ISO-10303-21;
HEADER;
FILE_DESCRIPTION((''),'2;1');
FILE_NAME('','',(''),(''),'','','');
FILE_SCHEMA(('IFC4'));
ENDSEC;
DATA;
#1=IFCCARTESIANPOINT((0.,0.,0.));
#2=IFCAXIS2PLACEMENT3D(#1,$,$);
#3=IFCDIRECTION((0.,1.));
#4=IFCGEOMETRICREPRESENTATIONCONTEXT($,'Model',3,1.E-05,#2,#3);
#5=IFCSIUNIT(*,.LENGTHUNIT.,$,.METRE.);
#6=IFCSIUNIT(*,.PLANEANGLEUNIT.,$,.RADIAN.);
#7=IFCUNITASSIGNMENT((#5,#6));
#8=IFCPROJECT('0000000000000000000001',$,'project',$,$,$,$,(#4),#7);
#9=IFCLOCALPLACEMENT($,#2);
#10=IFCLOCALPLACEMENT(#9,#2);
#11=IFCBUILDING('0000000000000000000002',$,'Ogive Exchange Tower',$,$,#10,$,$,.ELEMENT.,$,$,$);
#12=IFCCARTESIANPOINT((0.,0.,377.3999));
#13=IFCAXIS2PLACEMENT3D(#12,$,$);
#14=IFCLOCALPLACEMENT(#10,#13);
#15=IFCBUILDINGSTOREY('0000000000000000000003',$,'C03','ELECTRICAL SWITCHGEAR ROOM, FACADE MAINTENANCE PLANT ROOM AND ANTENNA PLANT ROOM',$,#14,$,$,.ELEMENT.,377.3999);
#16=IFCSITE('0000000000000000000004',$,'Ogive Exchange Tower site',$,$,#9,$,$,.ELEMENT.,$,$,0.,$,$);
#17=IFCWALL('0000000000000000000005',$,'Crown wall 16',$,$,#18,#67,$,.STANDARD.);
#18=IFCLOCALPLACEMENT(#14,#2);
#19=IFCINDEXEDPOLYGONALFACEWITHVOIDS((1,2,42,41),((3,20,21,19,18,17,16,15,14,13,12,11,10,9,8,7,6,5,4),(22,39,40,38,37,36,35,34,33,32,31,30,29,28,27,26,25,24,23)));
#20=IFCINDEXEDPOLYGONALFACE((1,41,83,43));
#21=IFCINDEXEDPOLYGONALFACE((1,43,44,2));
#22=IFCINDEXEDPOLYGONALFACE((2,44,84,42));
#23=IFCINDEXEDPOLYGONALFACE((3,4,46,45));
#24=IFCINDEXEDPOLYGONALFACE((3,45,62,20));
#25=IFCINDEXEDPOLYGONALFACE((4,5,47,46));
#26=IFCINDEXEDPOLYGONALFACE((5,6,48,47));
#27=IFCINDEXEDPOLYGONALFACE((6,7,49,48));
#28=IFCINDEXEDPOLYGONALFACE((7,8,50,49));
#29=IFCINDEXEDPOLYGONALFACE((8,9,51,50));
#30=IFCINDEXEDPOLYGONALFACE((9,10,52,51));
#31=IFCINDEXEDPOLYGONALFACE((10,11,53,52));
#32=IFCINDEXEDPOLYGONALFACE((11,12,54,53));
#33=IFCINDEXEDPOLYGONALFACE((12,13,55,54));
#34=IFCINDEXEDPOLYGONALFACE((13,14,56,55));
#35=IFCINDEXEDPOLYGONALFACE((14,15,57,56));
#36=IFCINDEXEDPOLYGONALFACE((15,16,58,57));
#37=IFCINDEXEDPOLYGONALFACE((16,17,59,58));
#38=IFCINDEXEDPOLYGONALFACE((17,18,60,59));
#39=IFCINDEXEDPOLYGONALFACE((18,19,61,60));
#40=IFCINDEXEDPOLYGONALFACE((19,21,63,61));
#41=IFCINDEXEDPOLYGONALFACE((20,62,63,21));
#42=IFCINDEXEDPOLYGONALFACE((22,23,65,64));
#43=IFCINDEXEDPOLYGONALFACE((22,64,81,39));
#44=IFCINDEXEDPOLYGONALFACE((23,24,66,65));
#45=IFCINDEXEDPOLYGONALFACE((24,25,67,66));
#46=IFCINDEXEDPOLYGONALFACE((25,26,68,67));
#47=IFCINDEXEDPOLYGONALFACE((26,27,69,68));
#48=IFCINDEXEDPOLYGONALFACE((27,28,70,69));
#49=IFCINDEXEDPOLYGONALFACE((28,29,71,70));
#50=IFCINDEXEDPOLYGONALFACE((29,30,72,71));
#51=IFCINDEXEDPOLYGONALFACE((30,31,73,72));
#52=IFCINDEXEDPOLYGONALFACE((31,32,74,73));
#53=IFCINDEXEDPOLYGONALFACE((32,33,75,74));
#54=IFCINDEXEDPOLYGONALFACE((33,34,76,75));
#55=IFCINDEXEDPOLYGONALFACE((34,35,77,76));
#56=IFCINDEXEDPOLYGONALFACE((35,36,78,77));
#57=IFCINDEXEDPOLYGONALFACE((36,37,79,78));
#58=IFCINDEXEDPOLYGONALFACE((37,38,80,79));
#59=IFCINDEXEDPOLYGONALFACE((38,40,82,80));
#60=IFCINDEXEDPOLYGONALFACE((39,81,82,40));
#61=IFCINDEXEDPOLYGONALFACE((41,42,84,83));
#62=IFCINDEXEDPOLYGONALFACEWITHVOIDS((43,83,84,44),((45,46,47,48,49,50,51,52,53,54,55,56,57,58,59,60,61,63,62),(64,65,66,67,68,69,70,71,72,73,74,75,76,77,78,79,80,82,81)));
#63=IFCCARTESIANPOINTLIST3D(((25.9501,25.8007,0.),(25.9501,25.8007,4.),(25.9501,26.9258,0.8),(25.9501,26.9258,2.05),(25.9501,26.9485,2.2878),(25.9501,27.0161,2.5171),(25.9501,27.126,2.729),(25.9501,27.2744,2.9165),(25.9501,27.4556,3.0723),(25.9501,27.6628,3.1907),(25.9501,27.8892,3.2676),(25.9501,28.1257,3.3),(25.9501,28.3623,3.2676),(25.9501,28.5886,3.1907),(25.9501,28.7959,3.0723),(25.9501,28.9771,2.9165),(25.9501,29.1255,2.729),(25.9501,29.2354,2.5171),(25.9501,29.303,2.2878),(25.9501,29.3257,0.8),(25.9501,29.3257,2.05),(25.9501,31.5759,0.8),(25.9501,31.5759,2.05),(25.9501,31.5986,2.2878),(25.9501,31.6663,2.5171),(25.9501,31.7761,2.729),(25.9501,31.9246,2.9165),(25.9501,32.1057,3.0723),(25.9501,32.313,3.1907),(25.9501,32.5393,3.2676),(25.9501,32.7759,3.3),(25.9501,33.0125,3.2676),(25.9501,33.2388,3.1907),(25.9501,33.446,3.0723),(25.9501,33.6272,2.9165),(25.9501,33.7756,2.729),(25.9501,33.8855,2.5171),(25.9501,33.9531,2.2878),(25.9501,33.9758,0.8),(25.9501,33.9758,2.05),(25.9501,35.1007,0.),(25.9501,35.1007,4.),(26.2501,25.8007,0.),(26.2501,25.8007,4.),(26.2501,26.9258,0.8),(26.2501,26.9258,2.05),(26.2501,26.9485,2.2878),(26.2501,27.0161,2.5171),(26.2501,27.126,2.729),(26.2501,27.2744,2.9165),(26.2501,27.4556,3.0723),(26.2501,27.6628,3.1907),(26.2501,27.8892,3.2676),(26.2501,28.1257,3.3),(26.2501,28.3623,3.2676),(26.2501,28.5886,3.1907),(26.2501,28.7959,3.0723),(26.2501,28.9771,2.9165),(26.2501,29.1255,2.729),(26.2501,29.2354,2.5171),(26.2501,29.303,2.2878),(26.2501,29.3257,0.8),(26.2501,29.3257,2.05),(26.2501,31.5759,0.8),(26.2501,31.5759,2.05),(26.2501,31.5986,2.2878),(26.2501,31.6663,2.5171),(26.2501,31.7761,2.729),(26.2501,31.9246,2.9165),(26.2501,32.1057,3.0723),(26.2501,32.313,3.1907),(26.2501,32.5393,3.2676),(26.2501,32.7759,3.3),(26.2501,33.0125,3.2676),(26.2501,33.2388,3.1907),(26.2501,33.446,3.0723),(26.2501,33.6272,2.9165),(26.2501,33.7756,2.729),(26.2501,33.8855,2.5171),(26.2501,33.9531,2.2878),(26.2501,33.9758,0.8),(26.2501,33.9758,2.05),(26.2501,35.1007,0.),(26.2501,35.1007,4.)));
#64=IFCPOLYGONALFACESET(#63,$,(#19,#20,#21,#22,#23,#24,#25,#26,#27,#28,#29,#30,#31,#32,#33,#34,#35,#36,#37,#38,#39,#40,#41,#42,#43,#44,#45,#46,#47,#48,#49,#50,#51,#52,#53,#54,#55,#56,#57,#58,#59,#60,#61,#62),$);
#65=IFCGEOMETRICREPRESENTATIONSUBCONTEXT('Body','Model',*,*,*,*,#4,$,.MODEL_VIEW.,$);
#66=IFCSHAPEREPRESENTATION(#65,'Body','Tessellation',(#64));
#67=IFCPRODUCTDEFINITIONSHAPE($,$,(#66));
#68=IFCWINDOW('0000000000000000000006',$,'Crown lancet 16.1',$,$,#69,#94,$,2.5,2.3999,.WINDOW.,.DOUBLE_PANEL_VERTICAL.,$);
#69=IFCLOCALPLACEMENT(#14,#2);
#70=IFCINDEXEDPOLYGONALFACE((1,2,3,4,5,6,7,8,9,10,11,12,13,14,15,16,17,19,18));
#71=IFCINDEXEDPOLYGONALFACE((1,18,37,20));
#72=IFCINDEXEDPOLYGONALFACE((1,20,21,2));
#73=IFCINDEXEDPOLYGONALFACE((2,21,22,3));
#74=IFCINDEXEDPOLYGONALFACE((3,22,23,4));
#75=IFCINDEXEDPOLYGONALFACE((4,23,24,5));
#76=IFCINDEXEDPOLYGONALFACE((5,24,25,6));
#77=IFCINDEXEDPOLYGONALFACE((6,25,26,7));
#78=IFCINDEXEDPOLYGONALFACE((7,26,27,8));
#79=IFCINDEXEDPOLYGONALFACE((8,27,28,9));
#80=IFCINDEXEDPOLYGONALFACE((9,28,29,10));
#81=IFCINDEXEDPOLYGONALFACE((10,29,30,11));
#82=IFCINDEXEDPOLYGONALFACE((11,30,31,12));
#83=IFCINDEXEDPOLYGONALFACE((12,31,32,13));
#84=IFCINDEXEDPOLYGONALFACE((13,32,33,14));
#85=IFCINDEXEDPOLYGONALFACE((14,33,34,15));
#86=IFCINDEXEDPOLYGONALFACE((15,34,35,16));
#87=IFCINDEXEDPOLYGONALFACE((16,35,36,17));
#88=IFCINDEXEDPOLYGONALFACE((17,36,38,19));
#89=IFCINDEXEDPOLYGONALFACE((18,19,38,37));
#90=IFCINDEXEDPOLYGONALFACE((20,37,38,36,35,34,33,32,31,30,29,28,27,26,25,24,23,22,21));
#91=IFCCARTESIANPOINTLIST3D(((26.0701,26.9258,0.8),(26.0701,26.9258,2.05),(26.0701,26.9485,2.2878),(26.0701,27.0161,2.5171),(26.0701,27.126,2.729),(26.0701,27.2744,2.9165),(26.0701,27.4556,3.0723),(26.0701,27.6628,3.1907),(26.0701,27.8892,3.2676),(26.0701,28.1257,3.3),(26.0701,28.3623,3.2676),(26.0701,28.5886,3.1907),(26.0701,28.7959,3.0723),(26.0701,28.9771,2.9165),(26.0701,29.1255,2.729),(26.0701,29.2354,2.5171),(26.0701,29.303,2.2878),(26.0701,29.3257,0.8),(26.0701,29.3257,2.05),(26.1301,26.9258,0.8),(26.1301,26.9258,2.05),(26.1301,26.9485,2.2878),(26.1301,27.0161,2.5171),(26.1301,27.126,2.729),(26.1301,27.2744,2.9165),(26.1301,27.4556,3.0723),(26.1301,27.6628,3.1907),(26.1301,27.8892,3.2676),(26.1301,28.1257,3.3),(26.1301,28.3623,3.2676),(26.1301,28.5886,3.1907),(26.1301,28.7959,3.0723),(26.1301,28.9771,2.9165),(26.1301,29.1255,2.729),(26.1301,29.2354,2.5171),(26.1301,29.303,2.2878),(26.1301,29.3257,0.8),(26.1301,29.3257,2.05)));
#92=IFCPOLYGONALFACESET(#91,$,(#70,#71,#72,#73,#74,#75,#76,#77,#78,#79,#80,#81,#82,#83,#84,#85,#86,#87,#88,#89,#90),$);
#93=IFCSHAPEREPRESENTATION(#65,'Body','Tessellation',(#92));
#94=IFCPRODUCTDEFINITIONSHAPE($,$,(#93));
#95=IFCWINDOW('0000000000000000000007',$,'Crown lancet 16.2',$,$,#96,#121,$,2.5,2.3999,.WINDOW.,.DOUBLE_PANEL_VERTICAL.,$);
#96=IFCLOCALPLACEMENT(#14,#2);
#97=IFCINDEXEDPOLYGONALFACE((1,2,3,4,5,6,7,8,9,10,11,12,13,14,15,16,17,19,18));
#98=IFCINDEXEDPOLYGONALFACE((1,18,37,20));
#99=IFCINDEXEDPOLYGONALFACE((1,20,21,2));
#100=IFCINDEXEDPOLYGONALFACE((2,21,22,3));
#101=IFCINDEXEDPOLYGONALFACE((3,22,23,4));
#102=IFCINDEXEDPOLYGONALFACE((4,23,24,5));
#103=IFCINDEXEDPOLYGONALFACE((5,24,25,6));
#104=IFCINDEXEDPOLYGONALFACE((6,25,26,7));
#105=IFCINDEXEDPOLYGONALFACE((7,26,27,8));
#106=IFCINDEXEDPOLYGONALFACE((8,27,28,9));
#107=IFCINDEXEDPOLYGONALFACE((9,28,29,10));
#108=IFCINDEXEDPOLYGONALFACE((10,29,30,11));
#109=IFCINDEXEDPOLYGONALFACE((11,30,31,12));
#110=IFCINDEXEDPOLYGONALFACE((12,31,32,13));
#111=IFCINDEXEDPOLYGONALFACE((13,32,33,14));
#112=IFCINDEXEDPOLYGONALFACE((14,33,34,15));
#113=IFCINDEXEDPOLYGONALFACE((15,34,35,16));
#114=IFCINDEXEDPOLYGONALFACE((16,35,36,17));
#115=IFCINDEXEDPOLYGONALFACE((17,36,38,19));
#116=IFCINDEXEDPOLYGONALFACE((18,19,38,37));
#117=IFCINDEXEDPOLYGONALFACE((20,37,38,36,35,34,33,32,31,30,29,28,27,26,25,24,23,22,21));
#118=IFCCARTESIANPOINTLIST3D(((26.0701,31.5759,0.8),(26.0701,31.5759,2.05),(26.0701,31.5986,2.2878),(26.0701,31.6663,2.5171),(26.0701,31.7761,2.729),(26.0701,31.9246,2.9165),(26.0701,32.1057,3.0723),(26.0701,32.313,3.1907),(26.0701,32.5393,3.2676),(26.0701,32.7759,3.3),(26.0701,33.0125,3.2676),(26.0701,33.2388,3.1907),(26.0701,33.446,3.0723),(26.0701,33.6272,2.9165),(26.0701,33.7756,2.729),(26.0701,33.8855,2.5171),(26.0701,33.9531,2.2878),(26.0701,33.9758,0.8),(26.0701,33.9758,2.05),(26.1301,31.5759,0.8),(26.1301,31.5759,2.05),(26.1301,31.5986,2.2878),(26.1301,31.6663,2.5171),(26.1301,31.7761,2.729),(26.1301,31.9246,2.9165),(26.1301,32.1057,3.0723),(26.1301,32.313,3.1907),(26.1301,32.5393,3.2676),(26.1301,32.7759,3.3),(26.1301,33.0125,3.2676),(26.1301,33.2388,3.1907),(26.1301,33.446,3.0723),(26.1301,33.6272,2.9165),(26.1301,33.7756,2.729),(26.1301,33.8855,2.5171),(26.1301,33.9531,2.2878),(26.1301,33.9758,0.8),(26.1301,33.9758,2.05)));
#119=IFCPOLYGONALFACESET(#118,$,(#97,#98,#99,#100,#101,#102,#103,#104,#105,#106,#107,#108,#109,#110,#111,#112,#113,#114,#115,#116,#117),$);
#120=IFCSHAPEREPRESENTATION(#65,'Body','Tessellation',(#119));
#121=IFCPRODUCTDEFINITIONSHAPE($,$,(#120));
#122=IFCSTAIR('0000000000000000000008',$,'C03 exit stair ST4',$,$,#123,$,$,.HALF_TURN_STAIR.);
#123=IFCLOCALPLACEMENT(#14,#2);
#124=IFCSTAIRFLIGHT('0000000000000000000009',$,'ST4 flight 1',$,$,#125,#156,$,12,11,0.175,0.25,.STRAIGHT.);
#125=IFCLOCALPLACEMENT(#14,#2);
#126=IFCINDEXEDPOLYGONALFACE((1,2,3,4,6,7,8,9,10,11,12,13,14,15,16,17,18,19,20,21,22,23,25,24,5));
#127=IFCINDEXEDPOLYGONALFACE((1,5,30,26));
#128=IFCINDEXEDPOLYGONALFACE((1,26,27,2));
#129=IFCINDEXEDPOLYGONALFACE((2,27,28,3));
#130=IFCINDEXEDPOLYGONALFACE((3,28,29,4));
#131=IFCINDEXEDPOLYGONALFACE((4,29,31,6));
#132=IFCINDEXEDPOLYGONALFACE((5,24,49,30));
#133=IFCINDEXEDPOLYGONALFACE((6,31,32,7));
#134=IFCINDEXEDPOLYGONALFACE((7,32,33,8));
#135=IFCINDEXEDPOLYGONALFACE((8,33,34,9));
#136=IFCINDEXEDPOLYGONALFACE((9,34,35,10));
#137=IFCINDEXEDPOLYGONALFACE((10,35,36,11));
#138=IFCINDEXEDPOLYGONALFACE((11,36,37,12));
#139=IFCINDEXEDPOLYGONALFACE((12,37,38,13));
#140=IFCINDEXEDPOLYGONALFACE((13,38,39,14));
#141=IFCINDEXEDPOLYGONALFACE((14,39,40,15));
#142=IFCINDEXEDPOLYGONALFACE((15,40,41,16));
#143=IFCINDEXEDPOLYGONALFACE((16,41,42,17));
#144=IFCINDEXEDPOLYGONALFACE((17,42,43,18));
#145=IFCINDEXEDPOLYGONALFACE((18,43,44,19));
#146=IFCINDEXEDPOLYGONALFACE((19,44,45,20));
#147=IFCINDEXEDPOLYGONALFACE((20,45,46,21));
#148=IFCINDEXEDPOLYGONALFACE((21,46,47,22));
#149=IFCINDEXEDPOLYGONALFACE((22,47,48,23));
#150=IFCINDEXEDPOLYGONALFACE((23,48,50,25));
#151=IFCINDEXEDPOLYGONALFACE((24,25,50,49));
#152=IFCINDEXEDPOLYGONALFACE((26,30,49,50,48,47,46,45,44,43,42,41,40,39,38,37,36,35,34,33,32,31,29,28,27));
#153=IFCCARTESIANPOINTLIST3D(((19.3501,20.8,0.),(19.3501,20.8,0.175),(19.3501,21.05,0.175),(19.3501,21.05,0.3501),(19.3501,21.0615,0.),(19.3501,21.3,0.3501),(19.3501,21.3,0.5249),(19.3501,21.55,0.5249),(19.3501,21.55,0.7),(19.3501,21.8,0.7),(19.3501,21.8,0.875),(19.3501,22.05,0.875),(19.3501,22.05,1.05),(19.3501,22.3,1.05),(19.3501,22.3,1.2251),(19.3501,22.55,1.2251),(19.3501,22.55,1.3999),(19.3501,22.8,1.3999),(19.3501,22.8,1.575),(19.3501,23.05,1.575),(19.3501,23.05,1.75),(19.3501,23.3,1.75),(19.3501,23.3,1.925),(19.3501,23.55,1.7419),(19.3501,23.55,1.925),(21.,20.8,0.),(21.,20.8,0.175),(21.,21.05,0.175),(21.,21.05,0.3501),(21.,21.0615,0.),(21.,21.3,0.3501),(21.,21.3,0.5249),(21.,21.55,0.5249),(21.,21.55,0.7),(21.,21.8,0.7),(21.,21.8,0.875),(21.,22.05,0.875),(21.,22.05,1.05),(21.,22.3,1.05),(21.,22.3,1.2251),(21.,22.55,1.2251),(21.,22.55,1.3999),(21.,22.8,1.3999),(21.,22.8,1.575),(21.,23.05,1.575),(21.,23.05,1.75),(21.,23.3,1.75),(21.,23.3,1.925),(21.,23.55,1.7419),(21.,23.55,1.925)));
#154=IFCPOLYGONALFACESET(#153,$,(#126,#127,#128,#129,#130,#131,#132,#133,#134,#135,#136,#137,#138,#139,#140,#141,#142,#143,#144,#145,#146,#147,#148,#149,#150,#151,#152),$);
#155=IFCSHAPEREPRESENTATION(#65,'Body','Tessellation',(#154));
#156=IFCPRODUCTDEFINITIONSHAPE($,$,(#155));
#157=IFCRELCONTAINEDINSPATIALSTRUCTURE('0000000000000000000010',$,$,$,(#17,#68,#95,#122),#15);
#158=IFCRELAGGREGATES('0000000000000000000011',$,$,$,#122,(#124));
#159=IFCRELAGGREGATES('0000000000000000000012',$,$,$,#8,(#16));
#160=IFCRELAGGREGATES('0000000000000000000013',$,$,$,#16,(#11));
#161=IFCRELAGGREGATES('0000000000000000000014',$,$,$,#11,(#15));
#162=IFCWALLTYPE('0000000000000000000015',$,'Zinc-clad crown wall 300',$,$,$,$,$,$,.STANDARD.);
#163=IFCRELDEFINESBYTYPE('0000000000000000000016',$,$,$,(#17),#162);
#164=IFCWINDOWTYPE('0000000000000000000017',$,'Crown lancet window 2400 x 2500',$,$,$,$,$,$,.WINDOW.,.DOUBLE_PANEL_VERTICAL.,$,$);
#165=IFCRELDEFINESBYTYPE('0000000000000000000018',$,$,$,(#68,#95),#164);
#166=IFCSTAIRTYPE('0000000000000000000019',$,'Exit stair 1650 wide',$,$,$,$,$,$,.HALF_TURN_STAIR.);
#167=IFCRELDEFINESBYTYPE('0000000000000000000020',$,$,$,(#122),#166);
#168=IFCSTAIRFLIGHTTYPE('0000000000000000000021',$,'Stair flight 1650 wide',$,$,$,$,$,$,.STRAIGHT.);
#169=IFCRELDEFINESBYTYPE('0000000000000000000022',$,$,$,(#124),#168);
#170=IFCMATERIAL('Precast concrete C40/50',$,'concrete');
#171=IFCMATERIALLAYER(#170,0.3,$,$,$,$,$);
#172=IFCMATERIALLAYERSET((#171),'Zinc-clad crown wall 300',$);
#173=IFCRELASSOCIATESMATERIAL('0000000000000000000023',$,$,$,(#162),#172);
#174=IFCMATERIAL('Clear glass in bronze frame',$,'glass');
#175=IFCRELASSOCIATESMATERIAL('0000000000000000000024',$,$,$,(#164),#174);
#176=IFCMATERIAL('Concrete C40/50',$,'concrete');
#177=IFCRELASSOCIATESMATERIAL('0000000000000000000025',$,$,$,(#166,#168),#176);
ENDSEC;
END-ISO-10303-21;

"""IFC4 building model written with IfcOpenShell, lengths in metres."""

from ifc_helpers import new_model, si_unit, direction, frame, frame_2d, origin, place, context, subcontext, project, spatial, polyline, rectangle, outline, extrude, material, layer, layer_set, type_object, element, fill, aggregate, save


model = new_model("IFC4")

# Units and contexts
model_context = context("Model", 3, precision=1e-05, world=origin(), true_north=direction((0.0, 1.0)))
body_context = subcontext(model_context, "Body", "Model", "MODEL_VIEW")
ifc_project = project(units=[si_unit("LENGTHUNIT", "METRE"), si_unit("PLANEANGLEUNIT", "RADIAN")], contexts=[model_context])

# Site, building, storey
site_placement = place(None, origin())
site = spatial("IfcSite", under=ifc_project, at=site_placement, Name="Ogive Exchange Tower site", CompositionType="ELEMENT", RefElevation=0.0)
building_placement = place(site_placement, origin())
building = spatial("IfcBuilding", under=site, at=building_placement, Name="Ogive Exchange Tower", CompositionType="ELEMENT")
storey_placement = place(building_placement, frame((0.0, 0.0, 377.3999)))
storey = spatial("IfcBuildingStorey", under=building, at=storey_placement, Name="C03", Description="ELECTRICAL SWITCHGEAR ROOM, FACADE MAINTENANCE PLANT ROOM AND ANTENNA PLANT ROOM", CompositionType="ELEMENT", Elevation=377.3999)

# Wall, openings, windows
ifc_material_1 = material(Name="Precast concrete C40/50", Category="concrete")
ifc_layer_1 = layer(ifc_material_1, 0.3)
ifc_layer_set_1 = layer_set([ifc_layer_1], Name="Zinc-clad crown wall 300")
wall_type_1 = type_object("IfcWallType", Name="Zinc-clad crown wall 300", PredefinedType="STANDARD", material=ifc_layer_set_1)
ifc_material_2 = material(Name="Clear glass in bronze frame", Category="glass")
window_type = type_object("IfcWindowType", Name="Crown lancet window 2400 x 2500", PartitioningType="DOUBLE_PANEL_VERTICAL", PredefinedType="WINDOW", material=ifc_material_2)
wall_1_placement = place(storey_placement, frame((26.1001, 25.8008, 0.0), z_axis=(0.0, 0.0, 1.0), x_axis=(0.0, 1.0, 0.0)))
wall_1 = element("IfcWall", 1, at=wall_1_placement, inside=storey, type_object=wall_type_1, Name="Crown wall 16", PredefinedType="STANDARD", context=body_context, shape_type="SweptSolid", body=[
    extrude(rectangle(XDim=9.3, YDim=0.3, at=frame_2d((4.6499, 0.0))), origin(), (0.0, 0.0, 1.0), 4.0),
])
opening_1_placement = place(wall_1_placement, frame((1.125, 0.0, 0.8)))
opening_1 = element("IfcOpeningElement", 2, at=opening_1_placement, cuts=wall_1, PredefinedType="OPENING", context=body_context, shape_type="SweptSolid", body=[
    extrude(outline(polyline([(0.0, 0.0), (2.3999, 0.0), (2.3999, 1.25), (2.3772, 1.4878), (2.3096, 1.717), (2.1997, 1.929), (2.0513, 2.1165), (1.8701, 2.2722), (1.6628, 2.3906), (1.4365, 2.4675), (1.2, 2.5), (0.9634, 2.4675), (0.7371, 2.3906), (0.5298, 2.2722), (0.3486, 2.1165), (0.2002, 1.929), (0.0903, 1.717), (0.0227, 1.4878), (0.0, 1.25), (0.0, 0.0)])), frame((0.0, 0.1599, 0.0), z_axis=(0.0, -1.0, 0.0), x_axis=(1.0, 0.0, 0.0)), (0.0, 0.0, 1.0), 0.3201),
])
opening_2_placement = place(wall_1_placement, frame((5.7751, 0.0, 0.8)))
opening_2 = element("IfcOpeningElement", 3, at=opening_2_placement, cuts=wall_1, PredefinedType="OPENING", context=body_context, shape_type="SweptSolid", body=[
    extrude(outline(polyline([(0.0, 0.0), (2.3999, 0.0), (2.3999, 1.25), (2.3772, 1.4878), (2.3096, 1.717), (2.1997, 1.929), (2.0513, 2.1165), (1.8701, 2.2722), (1.6628, 2.3906), (1.4365, 2.4675), (1.2, 2.5), (0.9634, 2.4675), (0.7371, 2.3906), (0.5298, 2.2722), (0.3486, 2.1165), (0.2002, 1.929), (0.0903, 1.717), (0.0227, 1.4878), (0.0, 1.25), (0.0, 0.0)])), frame((0.0, 0.1599, 0.0), z_axis=(0.0, -1.0, 0.0), x_axis=(1.0, 0.0, 0.0)), (0.0, 0.0, 1.0), 0.3201),
])
window_1_placement = place(opening_1_placement, origin())
window_1 = element("IfcWindow", 4, at=window_1_placement, inside=storey, type_object=window_type, Name="Crown lancet 16.1", OverallHeight=2.5, OverallWidth=2.3999, PartitioningType="DOUBLE_PANEL_VERTICAL", PredefinedType="WINDOW", context=body_context, shape_type="SweptSolid", body=[
    extrude(outline(polyline([(0.0, 0.0), (2.3999, 0.0), (2.3999, 1.25), (2.3772, 1.4878), (2.3096, 1.717), (2.1997, 1.929), (2.0513, 2.1165), (1.8701, 2.2722), (1.6628, 2.3906), (1.4365, 2.4675), (1.2, 2.5), (0.9634, 2.4675), (0.7371, 2.3906), (0.5298, 2.2722), (0.3486, 2.1165), (0.2002, 1.929), (0.0903, 1.717), (0.0227, 1.4878), (0.0, 1.25), (0.0, 0.0)])), frame((0.0, 0.03, 0.0), z_axis=(0.0, -1.0, 0.0), x_axis=(1.0, 0.0, 0.0)), (0.0, 0.0, 1.0), 0.0601),
])
fill(opening_1, window_1)
window_2_placement = place(opening_2_placement, origin())
window_2 = element("IfcWindow", 5, at=window_2_placement, inside=storey, type_object=window_type, Name="Crown lancet 16.2", OverallHeight=2.5, OverallWidth=2.3999, PartitioningType="DOUBLE_PANEL_VERTICAL", PredefinedType="WINDOW", context=body_context, shape_type="SweptSolid", body=[
    extrude(outline(polyline([(0.0, 0.0), (2.3999, 0.0), (2.3999, 1.25), (2.3772, 1.4878), (2.3096, 1.717), (2.1997, 1.929), (2.0513, 2.1165), (1.8701, 2.2722), (1.6628, 2.3906), (1.4365, 2.4675), (1.2, 2.5), (0.9634, 2.4675), (0.7371, 2.3906), (0.5298, 2.2722), (0.3486, 2.1165), (0.2002, 1.929), (0.0903, 1.717), (0.0227, 1.4878), (0.0, 1.25), (0.0, 0.0)])), frame((0.0, 0.03, 0.0), z_axis=(0.0, -1.0, 0.0), x_axis=(1.0, 0.0, 0.0)), (0.0, 0.0, 1.0), 0.0601),
])
fill(opening_2, window_2)

# Stair, stair flight
ifc_material_3 = material(Name="Concrete C40/50", Category="concrete")
stair_type = type_object("IfcStairType", Name="Exit stair 1650 wide", PredefinedType="HALF_TURN_STAIR", material=ifc_material_3)
stair_placement = place(storey_placement, origin())
stair = element("IfcStair", 6, at=stair_placement, inside=storey, type_object=stair_type, Name="C03 exit stair ST4", PredefinedType="HALF_TURN_STAIR")
stair_flight_type = type_object("IfcStairFlightType", Name="Stair flight 1650 wide", PredefinedType="STRAIGHT", material=ifc_material_3)
stair_flight_1_placement = place(storey_placement, frame((20.175, 20.8, 0.0), z_axis=(0.0, 0.0, 1.0), x_axis=(0.0, 1.0, 0.0)))
stair_flight_1 = element("IfcStairFlight", 7, at=stair_flight_1_placement, type_object=stair_flight_type, Name="ST4 flight 1", NumberOfRisers=12, NumberOfTreads=11, PredefinedType="STRAIGHT", RiserHeight=0.175, TreadLength=0.25, context=body_context, shape_type="SweptSolid", body=[
    extrude(outline(polyline([(0.0, 0.0), (0.0, 0.175), (0.25, 0.175), (0.25, 0.3501), (0.5, 0.3501), (0.5, 0.5249), (0.75, 0.5249), (0.75, 0.7), (1.0, 0.7), (1.0, 0.875), (1.25, 0.875), (1.25, 1.05), (1.5, 1.05), (1.5, 1.2251), (1.75, 1.2251), (1.75, 1.3999), (2.0, 1.3999), (2.0, 1.575), (2.25, 1.575), (2.25, 1.75), (2.5, 1.75), (2.5, 1.925), (2.75, 1.925), (2.75, 2.1001), (2.75, 1.7419), (0.2615, 0.0), (0.0, 0.0)])), frame((0.0, 0.825, 0.0), z_axis=(0.0, -1.0, 0.0), x_axis=(1.0, 0.0, 0.0)), (0.0, 0.0, 1.0), 1.6499),
])
aggregate(stair, [stair_flight_1])

save(model, "model.ifc")
